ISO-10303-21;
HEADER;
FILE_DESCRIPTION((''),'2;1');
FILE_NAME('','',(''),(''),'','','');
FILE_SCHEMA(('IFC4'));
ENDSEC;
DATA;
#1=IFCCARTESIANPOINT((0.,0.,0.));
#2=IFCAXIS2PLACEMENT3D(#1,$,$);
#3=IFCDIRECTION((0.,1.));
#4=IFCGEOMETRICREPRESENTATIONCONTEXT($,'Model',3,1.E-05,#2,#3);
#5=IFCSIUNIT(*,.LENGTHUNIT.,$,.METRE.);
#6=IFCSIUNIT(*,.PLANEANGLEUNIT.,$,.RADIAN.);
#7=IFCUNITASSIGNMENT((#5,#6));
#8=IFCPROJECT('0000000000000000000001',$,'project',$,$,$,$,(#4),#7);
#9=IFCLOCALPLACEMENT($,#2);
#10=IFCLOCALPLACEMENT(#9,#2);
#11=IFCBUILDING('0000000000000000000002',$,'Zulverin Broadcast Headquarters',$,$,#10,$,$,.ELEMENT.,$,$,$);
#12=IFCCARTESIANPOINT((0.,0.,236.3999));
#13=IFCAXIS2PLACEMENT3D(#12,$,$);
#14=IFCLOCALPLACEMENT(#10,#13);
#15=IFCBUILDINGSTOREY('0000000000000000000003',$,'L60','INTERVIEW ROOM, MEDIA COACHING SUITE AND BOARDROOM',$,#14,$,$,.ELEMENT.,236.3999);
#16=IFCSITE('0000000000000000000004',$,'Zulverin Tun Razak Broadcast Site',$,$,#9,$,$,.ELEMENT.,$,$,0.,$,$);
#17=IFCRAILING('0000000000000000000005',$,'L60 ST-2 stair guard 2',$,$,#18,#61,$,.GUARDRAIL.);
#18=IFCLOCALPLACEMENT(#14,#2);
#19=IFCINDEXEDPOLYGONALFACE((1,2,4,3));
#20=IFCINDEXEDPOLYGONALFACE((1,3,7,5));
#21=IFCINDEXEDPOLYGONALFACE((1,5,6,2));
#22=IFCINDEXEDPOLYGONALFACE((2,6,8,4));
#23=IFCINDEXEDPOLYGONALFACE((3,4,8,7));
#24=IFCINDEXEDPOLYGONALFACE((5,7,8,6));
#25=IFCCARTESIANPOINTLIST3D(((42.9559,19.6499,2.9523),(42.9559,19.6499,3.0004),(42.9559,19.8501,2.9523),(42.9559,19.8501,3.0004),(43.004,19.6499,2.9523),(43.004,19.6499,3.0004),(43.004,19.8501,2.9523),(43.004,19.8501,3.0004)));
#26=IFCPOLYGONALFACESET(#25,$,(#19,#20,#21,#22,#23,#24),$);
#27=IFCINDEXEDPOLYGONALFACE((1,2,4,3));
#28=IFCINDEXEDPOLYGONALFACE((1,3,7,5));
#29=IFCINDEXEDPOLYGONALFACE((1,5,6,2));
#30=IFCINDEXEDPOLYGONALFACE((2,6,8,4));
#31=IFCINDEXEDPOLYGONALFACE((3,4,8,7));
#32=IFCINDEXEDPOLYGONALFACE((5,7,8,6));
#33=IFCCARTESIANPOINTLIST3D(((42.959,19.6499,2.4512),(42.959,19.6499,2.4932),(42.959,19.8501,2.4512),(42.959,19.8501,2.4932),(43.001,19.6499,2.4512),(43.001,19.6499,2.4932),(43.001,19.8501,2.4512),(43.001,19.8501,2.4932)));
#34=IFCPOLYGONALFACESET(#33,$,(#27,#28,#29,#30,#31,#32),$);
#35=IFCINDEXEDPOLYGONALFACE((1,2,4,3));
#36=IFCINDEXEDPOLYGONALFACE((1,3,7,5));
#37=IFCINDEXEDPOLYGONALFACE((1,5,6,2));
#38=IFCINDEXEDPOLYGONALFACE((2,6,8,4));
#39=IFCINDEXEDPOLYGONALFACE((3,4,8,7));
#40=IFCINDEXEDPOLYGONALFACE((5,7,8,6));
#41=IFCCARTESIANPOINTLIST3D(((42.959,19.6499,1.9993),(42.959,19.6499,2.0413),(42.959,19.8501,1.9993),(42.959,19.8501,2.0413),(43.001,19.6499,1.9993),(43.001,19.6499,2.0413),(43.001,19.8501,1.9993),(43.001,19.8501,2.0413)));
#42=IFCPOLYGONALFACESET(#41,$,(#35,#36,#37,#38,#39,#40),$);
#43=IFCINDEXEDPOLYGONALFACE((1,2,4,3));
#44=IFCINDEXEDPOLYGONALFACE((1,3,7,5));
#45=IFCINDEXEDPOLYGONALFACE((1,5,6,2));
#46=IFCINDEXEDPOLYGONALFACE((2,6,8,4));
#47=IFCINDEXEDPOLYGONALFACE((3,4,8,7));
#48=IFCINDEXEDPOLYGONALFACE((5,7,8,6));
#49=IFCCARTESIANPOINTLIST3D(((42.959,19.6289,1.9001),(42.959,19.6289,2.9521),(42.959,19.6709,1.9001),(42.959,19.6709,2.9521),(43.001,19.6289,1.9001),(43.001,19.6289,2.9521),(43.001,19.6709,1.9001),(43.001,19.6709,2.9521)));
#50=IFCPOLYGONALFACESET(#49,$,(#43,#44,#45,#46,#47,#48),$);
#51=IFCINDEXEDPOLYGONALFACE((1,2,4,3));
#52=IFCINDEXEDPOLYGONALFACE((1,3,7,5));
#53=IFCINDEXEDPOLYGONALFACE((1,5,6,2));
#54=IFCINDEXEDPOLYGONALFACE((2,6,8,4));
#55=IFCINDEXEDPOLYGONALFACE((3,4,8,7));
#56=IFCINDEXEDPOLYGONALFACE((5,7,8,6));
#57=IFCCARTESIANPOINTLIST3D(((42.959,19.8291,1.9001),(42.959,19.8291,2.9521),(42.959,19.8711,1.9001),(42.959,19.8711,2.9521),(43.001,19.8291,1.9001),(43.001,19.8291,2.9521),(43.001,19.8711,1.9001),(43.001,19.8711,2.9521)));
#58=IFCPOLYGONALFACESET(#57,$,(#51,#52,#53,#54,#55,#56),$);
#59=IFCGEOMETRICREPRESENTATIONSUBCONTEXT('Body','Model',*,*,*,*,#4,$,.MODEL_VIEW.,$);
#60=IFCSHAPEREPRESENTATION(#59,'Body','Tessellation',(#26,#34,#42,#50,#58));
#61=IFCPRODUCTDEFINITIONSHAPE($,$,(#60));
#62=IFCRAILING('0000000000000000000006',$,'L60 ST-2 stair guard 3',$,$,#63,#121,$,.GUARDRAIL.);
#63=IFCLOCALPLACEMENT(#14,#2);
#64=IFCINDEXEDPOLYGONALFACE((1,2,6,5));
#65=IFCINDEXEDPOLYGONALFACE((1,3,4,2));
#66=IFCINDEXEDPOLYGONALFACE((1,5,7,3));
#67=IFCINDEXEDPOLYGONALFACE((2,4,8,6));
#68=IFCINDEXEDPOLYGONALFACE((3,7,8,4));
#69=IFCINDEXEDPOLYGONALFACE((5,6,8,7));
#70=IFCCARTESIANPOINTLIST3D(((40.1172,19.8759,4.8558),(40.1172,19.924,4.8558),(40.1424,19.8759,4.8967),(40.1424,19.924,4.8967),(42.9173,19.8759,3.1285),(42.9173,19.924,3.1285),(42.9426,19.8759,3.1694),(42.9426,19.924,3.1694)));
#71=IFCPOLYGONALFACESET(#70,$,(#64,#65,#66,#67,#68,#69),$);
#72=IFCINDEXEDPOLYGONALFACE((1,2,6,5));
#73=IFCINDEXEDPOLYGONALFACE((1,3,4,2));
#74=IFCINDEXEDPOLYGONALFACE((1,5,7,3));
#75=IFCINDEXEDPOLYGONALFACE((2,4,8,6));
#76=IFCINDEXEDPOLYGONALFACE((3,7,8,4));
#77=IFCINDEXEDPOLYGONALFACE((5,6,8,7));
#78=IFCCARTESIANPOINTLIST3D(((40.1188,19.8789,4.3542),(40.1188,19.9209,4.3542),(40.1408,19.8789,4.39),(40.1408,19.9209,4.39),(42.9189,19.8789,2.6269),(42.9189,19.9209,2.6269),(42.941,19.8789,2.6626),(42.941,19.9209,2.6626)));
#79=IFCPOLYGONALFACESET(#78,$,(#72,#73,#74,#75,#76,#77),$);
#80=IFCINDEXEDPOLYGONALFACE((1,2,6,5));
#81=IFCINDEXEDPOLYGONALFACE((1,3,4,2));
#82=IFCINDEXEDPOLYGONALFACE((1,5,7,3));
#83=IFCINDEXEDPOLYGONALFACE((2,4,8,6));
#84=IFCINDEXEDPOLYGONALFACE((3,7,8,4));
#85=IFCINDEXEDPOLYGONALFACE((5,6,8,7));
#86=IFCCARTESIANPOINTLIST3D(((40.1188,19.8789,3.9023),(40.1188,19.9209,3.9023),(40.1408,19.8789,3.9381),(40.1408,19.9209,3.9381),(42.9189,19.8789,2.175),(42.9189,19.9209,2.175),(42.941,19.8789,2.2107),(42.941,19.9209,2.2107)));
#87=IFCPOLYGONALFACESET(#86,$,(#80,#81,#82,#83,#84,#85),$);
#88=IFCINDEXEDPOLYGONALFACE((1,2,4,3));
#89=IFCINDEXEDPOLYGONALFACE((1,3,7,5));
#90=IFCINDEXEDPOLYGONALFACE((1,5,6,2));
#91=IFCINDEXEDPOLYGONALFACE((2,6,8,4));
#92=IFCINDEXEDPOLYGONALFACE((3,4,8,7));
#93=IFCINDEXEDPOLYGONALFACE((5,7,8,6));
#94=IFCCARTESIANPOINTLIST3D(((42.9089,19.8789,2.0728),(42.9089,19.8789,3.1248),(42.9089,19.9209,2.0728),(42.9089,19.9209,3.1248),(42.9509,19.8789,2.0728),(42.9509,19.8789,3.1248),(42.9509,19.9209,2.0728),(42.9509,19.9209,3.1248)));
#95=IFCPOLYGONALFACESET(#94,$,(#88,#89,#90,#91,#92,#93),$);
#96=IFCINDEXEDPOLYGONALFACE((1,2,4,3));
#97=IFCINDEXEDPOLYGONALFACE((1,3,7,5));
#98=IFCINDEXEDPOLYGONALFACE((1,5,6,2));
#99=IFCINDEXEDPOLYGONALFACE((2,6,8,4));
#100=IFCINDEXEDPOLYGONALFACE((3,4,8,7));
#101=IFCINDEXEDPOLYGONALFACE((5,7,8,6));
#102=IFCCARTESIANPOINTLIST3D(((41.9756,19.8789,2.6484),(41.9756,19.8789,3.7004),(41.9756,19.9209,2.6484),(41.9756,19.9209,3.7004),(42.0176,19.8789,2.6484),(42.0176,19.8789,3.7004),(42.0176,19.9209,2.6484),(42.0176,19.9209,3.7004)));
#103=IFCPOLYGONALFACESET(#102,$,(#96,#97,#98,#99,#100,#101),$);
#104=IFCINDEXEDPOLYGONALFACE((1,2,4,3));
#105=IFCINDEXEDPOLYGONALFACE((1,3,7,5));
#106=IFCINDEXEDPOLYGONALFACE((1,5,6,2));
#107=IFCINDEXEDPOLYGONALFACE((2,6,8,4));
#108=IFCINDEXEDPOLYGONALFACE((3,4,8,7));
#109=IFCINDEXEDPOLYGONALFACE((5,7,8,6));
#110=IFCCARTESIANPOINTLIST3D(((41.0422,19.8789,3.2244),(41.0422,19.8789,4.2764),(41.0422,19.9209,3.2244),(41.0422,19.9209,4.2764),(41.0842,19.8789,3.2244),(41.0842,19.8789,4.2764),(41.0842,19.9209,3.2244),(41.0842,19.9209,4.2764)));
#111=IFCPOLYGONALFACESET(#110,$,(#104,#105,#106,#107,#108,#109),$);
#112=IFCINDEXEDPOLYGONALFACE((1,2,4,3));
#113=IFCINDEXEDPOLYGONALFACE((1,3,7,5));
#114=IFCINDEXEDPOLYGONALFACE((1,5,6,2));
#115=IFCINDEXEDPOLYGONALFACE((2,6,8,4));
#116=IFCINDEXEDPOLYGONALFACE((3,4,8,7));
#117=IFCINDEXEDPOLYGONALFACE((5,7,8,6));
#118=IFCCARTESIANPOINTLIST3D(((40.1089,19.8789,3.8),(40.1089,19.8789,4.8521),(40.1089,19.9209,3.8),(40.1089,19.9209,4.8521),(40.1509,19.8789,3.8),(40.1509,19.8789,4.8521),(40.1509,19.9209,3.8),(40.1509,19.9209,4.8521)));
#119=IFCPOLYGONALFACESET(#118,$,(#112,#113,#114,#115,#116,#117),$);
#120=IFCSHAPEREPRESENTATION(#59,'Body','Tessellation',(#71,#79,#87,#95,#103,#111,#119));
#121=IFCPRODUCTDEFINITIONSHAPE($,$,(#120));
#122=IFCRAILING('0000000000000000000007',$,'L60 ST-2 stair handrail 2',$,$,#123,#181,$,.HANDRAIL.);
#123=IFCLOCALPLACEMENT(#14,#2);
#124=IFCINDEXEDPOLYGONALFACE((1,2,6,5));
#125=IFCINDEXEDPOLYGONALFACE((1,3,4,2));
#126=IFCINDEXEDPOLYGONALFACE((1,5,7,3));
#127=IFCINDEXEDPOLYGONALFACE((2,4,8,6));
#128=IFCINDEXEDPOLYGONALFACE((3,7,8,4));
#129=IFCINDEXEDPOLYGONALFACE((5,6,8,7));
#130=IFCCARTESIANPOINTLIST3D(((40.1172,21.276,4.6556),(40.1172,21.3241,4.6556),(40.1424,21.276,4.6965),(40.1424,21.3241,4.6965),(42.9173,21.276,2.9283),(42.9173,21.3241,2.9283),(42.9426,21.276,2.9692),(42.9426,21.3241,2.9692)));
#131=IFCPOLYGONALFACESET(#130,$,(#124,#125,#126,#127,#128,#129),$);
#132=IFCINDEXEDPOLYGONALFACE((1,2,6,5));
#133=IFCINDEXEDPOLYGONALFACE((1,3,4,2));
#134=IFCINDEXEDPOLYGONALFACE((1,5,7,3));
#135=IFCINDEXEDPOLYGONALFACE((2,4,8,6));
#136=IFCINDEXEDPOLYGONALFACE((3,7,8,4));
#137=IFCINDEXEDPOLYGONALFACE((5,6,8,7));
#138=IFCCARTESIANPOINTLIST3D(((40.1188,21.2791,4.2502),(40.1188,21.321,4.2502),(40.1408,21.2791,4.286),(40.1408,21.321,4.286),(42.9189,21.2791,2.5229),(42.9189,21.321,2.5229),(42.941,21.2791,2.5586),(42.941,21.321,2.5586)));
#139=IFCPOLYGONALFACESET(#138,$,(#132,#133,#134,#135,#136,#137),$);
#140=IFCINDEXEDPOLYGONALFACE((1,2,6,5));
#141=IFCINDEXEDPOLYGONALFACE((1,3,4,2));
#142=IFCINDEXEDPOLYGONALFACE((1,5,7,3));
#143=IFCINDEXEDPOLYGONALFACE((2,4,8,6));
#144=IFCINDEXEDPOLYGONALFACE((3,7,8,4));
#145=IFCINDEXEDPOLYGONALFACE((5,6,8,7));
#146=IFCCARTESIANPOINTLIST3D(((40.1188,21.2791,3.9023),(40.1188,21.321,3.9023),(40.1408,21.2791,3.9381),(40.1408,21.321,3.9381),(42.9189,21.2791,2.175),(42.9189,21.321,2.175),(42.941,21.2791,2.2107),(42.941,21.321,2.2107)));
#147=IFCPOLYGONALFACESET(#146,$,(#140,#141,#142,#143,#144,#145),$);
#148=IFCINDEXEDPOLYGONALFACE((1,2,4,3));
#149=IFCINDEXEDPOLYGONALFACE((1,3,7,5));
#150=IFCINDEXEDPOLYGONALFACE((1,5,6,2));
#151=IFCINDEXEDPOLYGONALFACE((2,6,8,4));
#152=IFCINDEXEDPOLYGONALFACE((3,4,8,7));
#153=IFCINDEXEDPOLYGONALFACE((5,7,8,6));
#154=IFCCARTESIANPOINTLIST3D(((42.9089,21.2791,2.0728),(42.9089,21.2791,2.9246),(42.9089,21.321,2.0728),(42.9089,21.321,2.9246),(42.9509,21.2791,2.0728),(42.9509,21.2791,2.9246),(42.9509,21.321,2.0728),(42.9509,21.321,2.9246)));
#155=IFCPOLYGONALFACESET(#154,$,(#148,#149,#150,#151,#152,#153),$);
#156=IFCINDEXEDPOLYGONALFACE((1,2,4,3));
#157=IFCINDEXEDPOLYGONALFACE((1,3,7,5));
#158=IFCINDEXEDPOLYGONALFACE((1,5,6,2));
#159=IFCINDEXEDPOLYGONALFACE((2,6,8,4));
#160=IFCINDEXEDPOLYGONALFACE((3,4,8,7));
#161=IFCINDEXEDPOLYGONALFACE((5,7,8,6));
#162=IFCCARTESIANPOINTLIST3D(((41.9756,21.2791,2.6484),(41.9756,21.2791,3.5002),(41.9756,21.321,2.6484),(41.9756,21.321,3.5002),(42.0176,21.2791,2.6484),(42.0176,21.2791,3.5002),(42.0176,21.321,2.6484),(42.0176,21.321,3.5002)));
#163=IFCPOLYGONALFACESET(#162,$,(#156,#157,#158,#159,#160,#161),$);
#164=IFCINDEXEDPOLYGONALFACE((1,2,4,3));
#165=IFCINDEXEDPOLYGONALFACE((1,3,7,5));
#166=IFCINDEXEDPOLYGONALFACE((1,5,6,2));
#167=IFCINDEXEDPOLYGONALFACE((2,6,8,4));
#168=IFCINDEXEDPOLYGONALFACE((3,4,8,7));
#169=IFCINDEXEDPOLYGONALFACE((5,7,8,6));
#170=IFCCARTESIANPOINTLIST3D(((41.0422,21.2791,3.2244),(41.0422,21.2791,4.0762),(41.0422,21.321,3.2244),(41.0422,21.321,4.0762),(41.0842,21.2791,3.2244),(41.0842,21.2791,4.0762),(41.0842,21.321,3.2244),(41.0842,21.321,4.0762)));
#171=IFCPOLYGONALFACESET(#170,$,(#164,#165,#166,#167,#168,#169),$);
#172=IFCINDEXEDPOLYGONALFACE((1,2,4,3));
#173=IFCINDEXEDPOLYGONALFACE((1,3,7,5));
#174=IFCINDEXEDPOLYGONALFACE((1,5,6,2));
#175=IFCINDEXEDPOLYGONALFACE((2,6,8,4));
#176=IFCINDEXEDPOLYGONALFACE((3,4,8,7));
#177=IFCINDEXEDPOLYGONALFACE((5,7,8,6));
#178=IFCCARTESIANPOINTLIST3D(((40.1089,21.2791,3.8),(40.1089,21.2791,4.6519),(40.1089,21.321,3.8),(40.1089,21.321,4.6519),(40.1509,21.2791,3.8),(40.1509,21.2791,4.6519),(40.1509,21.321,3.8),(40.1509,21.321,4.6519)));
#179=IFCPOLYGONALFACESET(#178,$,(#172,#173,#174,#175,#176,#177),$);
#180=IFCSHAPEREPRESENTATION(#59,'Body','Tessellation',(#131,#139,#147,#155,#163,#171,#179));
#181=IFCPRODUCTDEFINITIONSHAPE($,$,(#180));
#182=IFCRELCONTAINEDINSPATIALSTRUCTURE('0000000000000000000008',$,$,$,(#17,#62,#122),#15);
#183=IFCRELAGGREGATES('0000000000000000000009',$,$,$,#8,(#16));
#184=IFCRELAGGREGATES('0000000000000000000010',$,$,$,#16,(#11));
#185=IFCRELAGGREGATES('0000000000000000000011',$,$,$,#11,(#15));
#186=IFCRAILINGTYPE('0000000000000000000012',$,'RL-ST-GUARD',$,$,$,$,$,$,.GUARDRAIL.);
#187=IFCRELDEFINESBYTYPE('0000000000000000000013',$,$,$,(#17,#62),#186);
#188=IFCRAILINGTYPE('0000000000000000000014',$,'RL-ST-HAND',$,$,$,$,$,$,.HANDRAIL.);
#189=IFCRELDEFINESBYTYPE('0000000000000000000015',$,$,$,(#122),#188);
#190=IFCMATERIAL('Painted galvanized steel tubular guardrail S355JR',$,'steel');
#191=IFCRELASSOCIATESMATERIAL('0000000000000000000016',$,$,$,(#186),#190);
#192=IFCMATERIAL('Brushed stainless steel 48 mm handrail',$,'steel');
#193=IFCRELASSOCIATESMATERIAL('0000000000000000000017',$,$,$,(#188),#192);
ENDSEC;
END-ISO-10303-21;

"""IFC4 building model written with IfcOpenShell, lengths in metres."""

from ifc_helpers import new_model, si_unit, direction, frame, origin, origin_2d, place, context, subcontext, project, spatial, rectangle, extrude, material, type_object, element, save


model = new_model("IFC4")

# Units and contexts
model_context = context("Model", 3, precision=1e-05, world=origin(), true_north=direction((0.0, 1.0)))
body_context = subcontext(model_context, "Body", "Model", "MODEL_VIEW")
ifc_project = project(units=[si_unit("LENGTHUNIT", "METRE"), si_unit("PLANEANGLEUNIT", "RADIAN")], contexts=[model_context])

# Site, building, storey
site_placement = place(None, origin())
site = spatial("IfcSite", under=ifc_project, at=site_placement, Name="Zulverin Tun Razak Broadcast Site", CompositionType="ELEMENT", RefElevation=0.0)
building_placement = place(site_placement, origin())
building = spatial("IfcBuilding", under=site, at=building_placement, Name="Zulverin Broadcast Headquarters", CompositionType="ELEMENT")
storey_placement = place(building_placement, frame((0.0, 0.0, 236.3999)))
storey = spatial("IfcBuildingStorey", under=building, at=storey_placement, Name="L60", Description="INTERVIEW ROOM, MEDIA COACHING SUITE AND BOARDROOM", CompositionType="ELEMENT", Elevation=236.3999)

# Railings
ifc_material_1 = material(Name="Painted galvanized steel tubular guardrail S355JR", Category="steel")
railing_type_1 = type_object("IfcRailingType", Name="RL-ST-GUARD", PredefinedType="GUARDRAIL", material=ifc_material_1)
railing_1_placement = place(storey_placement, frame((42.98, 19.6499, 1.9001)))
element("IfcRailing", 1, at=railing_1_placement, inside=storey, type_object=railing_type_1, Name="L60 ST-2 stair guard 2", PredefinedType="GUARDRAIL", context=body_context, shape_type="SweptSolid", body=[
    extrude(rectangle(XDim=0.0481, YDim=0.0481, at=origin_2d()), frame((0.0, 0.0, 1.0762), z_axis=(0.0, 1.0, 0.0), x_axis=(-1.0, 0.0, 0.0)), (0.0, 0.0, 1.0), 0.2002),
    extrude(rectangle(XDim=0.042, YDim=0.042, at=origin_2d()), frame((0.0, 0.0, 0.572), z_axis=(0.0, 1.0, 0.0), x_axis=(-1.0, 0.0, 0.0)), (0.0, 0.0, 1.0), 0.2002),
    extrude(rectangle(XDim=0.042, YDim=0.042, at=origin_2d()), frame((0.0, 0.0, 0.1201), z_axis=(0.0, 1.0, 0.0), x_axis=(-1.0, 0.0, 0.0)), (0.0, 0.0, 1.0), 0.2002),
    extrude(rectangle(XDim=0.042, YDim=0.042, at=origin_2d()), origin(), (0.0, 0.0, 1.0), 1.052),
    extrude(rectangle(XDim=0.042, YDim=0.042, at=origin_2d()), frame((0.0, 0.2002, 0.0)), (0.0, 0.0, 1.0), 1.052),
])
railing_2_placement = place(storey_placement, frame((42.9299, 19.8999, 2.0728)))
element("IfcRailing", 2, at=railing_2_placement, inside=storey, type_object=railing_type_1, Name="L60 ST-2 stair guard 3", PredefinedType="GUARDRAIL", context=body_context, shape_type="SweptSolid", body=[
    extrude(rectangle(XDim=0.0481, YDim=0.0481, at=origin_2d()), frame((0.0, 0.0, 1.0762), z_axis=(-0.85109, 0.0, 0.52502), x_axis=(0.0, -1.0, 0.0)), (0.0, 0.0, 1.0), 3.29),
    extrude(rectangle(XDim=0.042, YDim=0.042, at=origin_2d()), frame((0.0, 0.0, 0.572), z_axis=(-0.85109, 0.0, 0.52502), x_axis=(0.0, -1.0, 0.0)), (0.0, 0.0, 1.0), 3.29),
    extrude(rectangle(XDim=0.042, YDim=0.042, at=origin_2d()), frame((0.0, 0.0, 0.1201), z_axis=(-0.85109, 0.0, 0.52502), x_axis=(0.0, -1.0, 0.0)), (0.0, 0.0, 1.0), 3.29),
    extrude(rectangle(XDim=0.042, YDim=0.042, at=origin_2d()), origin(), (0.0, 0.0, 1.0), 1.052),
    extrude(rectangle(XDim=0.042, YDim=0.042, at=origin_2d()), frame((-0.9333, 0.0, 0.5757)), (0.0, 0.0, 1.0), 1.052),
    extrude(rectangle(XDim=0.042, YDim=0.042, at=origin_2d()), frame((-1.8667, 0.0, 1.1516)), (0.0, 0.0, 1.0), 1.052),
    extrude(rectangle(XDim=0.042, YDim=0.042, at=origin_2d()), frame((-2.8, 0.0, 1.7273)), (0.0, 0.0, 1.0), 1.052),
])
ifc_material_2 = material(Name="Brushed stainless steel 48 mm handrail", Category="steel")
railing_type_2 = type_object("IfcRailingType", Name="RL-ST-HAND", PredefinedType="HANDRAIL", material=ifc_material_2)
railing_3_placement = place(storey_placement, frame((42.9299, 21.3, 2.0728)))
element("IfcRailing", 3, at=railing_3_placement, inside=storey, type_object=railing_type_2, Name="L60 ST-2 stair handrail 2", PredefinedType="HANDRAIL", context=body_context, shape_type="SweptSolid", body=[
    extrude(rectangle(XDim=0.0481, YDim=0.0481, at=origin_2d()), frame((0.0, 0.0, 0.876), z_axis=(-0.85109, 0.0, 0.52502), x_axis=(0.0, -1.0, 0.0)), (0.0, 0.0, 1.0), 3.29),
    extrude(rectangle(XDim=0.042, YDim=0.042, at=origin_2d()), frame((0.0, 0.0, 0.468), z_axis=(-0.85109, 0.0, 0.52502), x_axis=(0.0, -1.0, 0.0)), (0.0, 0.0, 1.0), 3.29),
    extrude(rectangle(XDim=0.042, YDim=0.042, at=origin_2d()), frame((0.0, 0.0, 0.1201), z_axis=(-0.85109, 0.0, 0.52502), x_axis=(0.0, -1.0, 0.0)), (0.0, 0.0, 1.0), 3.29),
    extrude(rectangle(XDim=0.042, YDim=0.042, at=origin_2d()), origin(), (0.0, 0.0, 1.0), 0.8518),
    extrude(rectangle(XDim=0.042, YDim=0.042, at=origin_2d()), frame((-0.9333, 0.0, 0.5757)), (0.0, 0.0, 1.0), 0.8518),
    extrude(rectangle(XDim=0.042, YDim=0.042, at=origin_2d()), frame((-1.8667, 0.0, 1.1516)), (0.0, 0.0, 1.0), 0.8518),
    extrude(rectangle(XDim=0.042, YDim=0.042, at=origin_2d()), frame((-2.8, 0.0, 1.7273)), (0.0, 0.0, 1.0), 0.8518),
])

save(model, "model.ifc")
